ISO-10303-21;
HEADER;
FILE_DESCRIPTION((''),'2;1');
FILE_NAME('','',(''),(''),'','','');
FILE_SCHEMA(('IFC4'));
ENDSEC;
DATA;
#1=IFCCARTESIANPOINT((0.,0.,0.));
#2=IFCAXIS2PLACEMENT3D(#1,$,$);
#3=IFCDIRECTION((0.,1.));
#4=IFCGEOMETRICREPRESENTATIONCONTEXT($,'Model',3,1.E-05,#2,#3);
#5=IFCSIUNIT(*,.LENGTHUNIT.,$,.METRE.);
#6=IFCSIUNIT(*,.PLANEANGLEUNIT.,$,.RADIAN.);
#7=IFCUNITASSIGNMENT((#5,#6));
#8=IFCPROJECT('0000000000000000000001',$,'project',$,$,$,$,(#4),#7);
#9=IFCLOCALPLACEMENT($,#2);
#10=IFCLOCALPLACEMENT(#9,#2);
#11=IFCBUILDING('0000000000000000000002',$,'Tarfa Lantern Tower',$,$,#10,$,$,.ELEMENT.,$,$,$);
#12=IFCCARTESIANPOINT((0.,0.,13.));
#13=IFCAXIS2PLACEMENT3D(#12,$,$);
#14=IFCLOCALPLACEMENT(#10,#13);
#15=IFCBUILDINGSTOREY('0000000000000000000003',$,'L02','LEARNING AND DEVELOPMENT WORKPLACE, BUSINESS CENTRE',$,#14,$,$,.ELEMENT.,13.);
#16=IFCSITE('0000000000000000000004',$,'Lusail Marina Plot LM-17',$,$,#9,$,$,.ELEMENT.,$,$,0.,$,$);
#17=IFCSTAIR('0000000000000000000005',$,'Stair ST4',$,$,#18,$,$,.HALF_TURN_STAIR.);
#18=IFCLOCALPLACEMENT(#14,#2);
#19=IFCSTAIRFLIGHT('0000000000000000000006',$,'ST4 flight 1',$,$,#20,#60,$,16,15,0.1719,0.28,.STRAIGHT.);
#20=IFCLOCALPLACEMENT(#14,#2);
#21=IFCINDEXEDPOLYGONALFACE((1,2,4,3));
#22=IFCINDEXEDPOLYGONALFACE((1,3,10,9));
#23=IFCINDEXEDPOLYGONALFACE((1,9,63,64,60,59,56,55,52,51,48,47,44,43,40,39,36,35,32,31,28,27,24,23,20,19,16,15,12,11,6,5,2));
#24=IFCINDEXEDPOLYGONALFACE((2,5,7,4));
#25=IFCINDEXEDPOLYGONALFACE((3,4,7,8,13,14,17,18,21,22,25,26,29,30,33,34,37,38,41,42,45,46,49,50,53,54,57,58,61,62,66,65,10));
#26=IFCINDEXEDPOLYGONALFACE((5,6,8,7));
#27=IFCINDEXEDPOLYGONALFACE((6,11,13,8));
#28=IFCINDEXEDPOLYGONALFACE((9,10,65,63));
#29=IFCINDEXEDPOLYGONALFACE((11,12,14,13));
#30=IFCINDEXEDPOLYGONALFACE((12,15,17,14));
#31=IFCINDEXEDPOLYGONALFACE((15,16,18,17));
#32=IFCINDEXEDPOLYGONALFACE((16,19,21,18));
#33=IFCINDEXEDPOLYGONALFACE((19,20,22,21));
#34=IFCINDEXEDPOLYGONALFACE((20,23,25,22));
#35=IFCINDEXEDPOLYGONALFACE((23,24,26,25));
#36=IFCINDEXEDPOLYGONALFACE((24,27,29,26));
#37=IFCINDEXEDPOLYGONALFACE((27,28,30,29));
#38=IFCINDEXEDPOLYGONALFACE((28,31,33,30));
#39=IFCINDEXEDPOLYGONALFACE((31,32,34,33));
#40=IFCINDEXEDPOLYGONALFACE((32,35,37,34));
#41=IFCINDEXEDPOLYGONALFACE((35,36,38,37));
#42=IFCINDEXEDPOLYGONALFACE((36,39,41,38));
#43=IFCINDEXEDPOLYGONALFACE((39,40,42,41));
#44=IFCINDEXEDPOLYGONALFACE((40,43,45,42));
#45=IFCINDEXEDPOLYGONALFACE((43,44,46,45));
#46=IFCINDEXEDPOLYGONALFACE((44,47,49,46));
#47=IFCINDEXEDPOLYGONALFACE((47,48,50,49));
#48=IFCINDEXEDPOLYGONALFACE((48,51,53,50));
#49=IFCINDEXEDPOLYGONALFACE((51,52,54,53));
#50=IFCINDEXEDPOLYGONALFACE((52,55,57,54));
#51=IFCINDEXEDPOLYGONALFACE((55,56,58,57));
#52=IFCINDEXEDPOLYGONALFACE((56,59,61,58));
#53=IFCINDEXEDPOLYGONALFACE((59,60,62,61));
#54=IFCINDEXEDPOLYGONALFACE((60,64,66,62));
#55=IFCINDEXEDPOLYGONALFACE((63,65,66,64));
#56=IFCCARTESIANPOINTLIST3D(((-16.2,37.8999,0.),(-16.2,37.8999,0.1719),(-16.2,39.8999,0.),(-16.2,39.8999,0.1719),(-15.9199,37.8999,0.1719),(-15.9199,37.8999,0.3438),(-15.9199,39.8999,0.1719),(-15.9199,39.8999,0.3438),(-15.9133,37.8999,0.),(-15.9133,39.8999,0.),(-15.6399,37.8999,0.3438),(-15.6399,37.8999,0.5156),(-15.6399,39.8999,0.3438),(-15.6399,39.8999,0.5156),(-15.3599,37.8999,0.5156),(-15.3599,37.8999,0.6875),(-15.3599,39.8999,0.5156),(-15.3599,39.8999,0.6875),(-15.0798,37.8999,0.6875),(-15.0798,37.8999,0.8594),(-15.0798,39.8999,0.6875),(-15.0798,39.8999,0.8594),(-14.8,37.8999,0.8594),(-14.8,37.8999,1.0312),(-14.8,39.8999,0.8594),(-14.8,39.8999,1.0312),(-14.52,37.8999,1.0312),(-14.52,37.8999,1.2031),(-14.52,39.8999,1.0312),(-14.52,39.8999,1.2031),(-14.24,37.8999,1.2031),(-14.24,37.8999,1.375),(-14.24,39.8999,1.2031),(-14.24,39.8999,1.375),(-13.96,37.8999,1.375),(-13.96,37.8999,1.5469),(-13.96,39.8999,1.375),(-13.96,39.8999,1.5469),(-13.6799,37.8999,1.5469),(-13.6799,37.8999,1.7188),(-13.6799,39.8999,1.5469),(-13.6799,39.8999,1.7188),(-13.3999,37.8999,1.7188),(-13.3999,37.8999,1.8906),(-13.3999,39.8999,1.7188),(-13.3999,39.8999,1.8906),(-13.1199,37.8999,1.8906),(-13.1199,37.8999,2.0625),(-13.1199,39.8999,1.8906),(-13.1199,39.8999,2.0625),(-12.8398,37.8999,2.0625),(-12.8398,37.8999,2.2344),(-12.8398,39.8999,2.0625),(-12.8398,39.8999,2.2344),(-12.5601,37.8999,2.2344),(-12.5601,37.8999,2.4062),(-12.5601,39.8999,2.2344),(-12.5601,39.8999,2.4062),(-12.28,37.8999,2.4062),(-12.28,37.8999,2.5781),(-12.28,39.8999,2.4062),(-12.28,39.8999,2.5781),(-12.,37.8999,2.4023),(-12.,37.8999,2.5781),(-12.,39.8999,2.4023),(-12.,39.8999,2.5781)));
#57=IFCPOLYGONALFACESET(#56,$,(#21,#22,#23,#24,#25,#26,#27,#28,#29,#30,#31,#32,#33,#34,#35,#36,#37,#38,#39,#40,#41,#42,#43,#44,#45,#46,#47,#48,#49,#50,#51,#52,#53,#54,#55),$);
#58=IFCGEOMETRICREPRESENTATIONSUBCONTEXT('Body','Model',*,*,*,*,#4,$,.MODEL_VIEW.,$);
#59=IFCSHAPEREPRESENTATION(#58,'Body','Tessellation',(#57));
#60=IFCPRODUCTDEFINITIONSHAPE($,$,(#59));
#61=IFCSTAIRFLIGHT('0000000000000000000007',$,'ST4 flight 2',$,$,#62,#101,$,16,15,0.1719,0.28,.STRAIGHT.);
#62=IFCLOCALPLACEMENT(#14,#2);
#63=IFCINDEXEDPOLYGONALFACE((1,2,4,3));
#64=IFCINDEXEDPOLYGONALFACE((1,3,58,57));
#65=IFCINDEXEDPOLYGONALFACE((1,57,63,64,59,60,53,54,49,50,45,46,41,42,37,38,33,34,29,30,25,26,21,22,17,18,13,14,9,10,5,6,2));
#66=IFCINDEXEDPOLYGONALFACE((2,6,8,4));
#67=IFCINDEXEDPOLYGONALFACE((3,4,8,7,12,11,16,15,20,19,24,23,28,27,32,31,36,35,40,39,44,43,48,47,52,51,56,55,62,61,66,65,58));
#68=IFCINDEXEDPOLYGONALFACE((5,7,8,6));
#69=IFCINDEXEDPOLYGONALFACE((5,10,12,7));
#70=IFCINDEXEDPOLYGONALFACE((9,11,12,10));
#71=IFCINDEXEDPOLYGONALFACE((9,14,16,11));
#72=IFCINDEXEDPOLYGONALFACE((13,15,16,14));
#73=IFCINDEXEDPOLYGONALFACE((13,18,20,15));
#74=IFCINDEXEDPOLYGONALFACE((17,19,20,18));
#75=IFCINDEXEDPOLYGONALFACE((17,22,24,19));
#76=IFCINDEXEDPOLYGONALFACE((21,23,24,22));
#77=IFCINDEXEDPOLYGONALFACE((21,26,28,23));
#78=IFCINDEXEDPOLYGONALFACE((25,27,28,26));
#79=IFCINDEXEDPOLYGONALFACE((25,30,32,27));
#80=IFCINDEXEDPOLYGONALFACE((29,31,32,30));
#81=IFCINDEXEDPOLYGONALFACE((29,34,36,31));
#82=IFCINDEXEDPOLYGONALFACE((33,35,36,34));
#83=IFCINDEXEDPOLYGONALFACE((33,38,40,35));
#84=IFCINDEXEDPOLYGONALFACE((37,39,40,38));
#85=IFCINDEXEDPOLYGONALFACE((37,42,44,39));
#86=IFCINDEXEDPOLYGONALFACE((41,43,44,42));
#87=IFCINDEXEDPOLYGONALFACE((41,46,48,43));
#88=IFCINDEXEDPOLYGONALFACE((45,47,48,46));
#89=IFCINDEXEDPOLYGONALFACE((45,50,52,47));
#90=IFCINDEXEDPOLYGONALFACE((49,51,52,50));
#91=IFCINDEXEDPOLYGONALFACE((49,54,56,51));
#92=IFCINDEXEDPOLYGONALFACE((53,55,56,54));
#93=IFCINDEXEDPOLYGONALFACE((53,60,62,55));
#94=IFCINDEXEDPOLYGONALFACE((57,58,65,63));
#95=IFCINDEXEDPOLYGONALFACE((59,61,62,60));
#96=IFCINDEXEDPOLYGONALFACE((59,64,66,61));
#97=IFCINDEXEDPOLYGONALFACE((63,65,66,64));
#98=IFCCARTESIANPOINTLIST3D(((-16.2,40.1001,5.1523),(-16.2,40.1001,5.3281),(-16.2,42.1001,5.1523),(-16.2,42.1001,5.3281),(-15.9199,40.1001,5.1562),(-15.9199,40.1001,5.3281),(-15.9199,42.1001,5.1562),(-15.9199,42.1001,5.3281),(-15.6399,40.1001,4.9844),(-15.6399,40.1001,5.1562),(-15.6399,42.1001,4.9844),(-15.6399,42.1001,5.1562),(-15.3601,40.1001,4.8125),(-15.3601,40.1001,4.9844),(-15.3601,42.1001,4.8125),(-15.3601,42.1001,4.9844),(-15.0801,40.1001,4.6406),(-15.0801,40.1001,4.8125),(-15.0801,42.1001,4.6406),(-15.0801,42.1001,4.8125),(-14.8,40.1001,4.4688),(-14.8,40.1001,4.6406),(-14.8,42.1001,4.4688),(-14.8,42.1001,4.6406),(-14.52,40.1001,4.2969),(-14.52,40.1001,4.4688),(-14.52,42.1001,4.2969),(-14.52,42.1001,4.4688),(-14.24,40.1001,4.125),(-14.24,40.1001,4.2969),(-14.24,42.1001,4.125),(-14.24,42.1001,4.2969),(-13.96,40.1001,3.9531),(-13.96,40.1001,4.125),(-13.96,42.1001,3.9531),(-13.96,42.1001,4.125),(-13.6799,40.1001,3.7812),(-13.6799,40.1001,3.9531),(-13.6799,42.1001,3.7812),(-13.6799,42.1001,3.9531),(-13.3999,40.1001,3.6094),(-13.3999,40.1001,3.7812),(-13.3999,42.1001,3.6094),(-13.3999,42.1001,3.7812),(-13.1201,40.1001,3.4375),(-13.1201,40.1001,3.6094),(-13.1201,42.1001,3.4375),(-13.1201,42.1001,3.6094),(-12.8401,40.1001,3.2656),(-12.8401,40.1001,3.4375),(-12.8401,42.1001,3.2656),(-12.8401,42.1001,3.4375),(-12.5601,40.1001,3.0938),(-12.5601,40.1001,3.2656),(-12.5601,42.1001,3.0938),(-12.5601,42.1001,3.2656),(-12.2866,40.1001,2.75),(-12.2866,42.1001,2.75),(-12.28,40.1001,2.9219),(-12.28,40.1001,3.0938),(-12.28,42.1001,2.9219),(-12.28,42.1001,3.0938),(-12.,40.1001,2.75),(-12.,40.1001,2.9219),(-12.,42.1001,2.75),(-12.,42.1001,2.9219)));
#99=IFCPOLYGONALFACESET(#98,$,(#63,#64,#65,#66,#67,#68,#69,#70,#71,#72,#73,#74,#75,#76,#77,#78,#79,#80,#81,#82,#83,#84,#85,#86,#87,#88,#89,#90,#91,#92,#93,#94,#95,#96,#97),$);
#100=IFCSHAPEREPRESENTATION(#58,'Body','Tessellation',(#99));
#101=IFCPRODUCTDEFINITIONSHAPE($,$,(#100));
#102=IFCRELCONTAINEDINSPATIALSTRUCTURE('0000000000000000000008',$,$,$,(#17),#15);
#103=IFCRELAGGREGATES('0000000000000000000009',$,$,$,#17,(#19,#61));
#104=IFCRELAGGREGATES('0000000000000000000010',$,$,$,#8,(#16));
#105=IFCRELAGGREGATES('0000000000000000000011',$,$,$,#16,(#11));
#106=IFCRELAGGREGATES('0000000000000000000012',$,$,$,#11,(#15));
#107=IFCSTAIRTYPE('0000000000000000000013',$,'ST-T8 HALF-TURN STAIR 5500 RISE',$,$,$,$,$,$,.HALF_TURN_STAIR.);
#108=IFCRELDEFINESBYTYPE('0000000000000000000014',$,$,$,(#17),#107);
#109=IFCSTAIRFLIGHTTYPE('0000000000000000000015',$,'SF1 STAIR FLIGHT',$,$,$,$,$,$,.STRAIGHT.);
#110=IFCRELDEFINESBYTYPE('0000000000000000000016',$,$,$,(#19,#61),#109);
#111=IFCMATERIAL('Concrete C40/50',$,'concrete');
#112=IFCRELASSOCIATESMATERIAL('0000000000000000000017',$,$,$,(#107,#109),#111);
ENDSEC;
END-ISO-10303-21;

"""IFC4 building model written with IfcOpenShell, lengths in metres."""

from ifc_helpers import new_model, si_unit, direction, frame, origin, place, context, subcontext, project, spatial, polyline, outline, extrude, material, type_object, element, aggregate, save


model = new_model("IFC4")

# Units and contexts
model_context = context("Model", 3, precision=1e-05, world=origin(), true_north=direction((0.0, 1.0)))
body_context = subcontext(model_context, "Body", "Model", "MODEL_VIEW")
ifc_project = project(units=[si_unit("LENGTHUNIT", "METRE"), si_unit("PLANEANGLEUNIT", "RADIAN")], contexts=[model_context])

# Site, building, storey
site_placement = place(None, origin())
site = spatial("IfcSite", under=ifc_project, at=site_placement, Name="Lusail Marina Plot LM-17", CompositionType="ELEMENT", RefElevation=0.0)
building_placement = place(site_placement, origin())
building = spatial("IfcBuilding", under=site, at=building_placement, Name="Tarfa Lantern Tower", CompositionType="ELEMENT")
storey_placement = place(building_placement, frame((0.0, 0.0, 13.0)))
storey = spatial("IfcBuildingStorey", under=building, at=storey_placement, Name="L02", Description="LEARNING AND DEVELOPMENT WORKPLACE, BUSINESS CENTRE", CompositionType="ELEMENT", Elevation=13.0)

# Stair, stair flights
ifc_material_1 = material(Name="Concrete C40/50", Category="concrete")
stair_type = type_object("IfcStairType", Name="ST-T8 HALF-TURN STAIR 5500 RISE", PredefinedType="HALF_TURN_STAIR", material=ifc_material_1)
stair_placement = place(storey_placement, origin())
stair = element("IfcStair", 1, at=stair_placement, inside=storey, type_object=stair_type, Name="Stair ST4", PredefinedType="HALF_TURN_STAIR")
stair_flight_type = type_object("IfcStairFlightType", Name="SF1 STAIR FLIGHT", PredefinedType="STRAIGHT", material=ifc_material_1)
stair_flight_1_placement = place(storey_placement, frame((-16.2, 38.8999, 0.0), z_axis=(0.0, 0.0, 1.0), x_axis=(1.0, 0.0, 0.0)))
stair_flight_1 = element("IfcStairFlight", 2, at=stair_flight_1_placement, type_object=stair_flight_type, Name="ST4 flight 1", NumberOfRisers=16, NumberOfTreads=15, PredefinedType="STRAIGHT", RiserHeight=0.1719, TreadLength=0.28, context=body_context, shape_type="SweptSolid", body=[
    extrude(outline(polyline([(0.0, 0.0), (0.0, 0.1719), (0.28, 0.1719), (0.28, 0.3438), (0.5601, 0.3438), (0.5601, 0.5156), (0.8401, 0.5156), (0.8401, 0.6875), (1.1201, 0.6875), (1.1201, 0.8594), (1.3999, 0.8594), (1.3999, 1.0312), (1.6799, 1.0312), (1.6799, 1.2031), (1.96, 1.2031), (1.96, 1.375), (2.24, 1.375), (2.24, 1.5469), (2.52, 1.5469), (2.52, 1.7188), (2.8, 1.7188), (2.8, 1.8906), (3.0801, 1.8906), (3.0801, 2.0625), (3.3601, 2.0625), (3.3601, 2.2344), (3.6399, 2.2344), (3.6399, 2.4062), (3.9199, 2.4062), (3.9199, 2.5781), (4.2, 2.5781), (4.2, 2.75), (4.2, 2.4023), (0.2866, 0.0), (0.0, 0.0)])), frame((0.0, 1.0, 0.0), z_axis=(0.0, -1.0, 0.0), x_axis=(1.0, 0.0, 0.0)), (0.0, 0.0, 1.0), 2.0),
])
stair_flight_2_placement = place(storey_placement, frame((-12.0, 41.1001, 2.75), z_axis=(0.0, 0.0, 1.0), x_axis=(-1.0, 0.0, 0.0)))
stair_flight_2 = element("IfcStairFlight", 3, at=stair_flight_2_placement, type_object=stair_flight_type, Name="ST4 flight 2", NumberOfRisers=16, NumberOfTreads=15, PredefinedType="STRAIGHT", RiserHeight=0.1719, TreadLength=0.28, context=body_context, shape_type="SweptSolid", body=[
    extrude(outline(polyline([(0.0, 0.0), (0.0, 0.1719), (0.28, 0.1719), (0.28, 0.3438), (0.5601, 0.3438), (0.5601, 0.5156), (0.8401, 0.5156), (0.8401, 0.6875), (1.1201, 0.6875), (1.1201, 0.8594), (1.3999, 0.8594), (1.3999, 1.0312), (1.6799, 1.0312), (1.6799, 1.2031), (1.96, 1.2031), (1.96, 1.375), (2.24, 1.375), (2.24, 1.5469), (2.52, 1.5469), (2.52, 1.7188), (2.8, 1.7188), (2.8, 1.8906), (3.0801, 1.8906), (3.0801, 2.0625), (3.3601, 2.0625), (3.3601, 2.2344), (3.6399, 2.2344), (3.6399, 2.4062), (3.9199, 2.4062), (3.9199, 2.5781), (4.2, 2.5781), (4.2, 2.75), (4.2, 2.4023), (0.2866, 0.0), (0.0, 0.0)])), frame((0.0, 1.0, 0.0), z_axis=(0.0, -1.0, 0.0), x_axis=(1.0, 0.0, 0.0)), (0.0, 0.0, 1.0), 2.0),
])
aggregate(stair, [stair_flight_1, stair_flight_2])

save(model, "model.ifc")
